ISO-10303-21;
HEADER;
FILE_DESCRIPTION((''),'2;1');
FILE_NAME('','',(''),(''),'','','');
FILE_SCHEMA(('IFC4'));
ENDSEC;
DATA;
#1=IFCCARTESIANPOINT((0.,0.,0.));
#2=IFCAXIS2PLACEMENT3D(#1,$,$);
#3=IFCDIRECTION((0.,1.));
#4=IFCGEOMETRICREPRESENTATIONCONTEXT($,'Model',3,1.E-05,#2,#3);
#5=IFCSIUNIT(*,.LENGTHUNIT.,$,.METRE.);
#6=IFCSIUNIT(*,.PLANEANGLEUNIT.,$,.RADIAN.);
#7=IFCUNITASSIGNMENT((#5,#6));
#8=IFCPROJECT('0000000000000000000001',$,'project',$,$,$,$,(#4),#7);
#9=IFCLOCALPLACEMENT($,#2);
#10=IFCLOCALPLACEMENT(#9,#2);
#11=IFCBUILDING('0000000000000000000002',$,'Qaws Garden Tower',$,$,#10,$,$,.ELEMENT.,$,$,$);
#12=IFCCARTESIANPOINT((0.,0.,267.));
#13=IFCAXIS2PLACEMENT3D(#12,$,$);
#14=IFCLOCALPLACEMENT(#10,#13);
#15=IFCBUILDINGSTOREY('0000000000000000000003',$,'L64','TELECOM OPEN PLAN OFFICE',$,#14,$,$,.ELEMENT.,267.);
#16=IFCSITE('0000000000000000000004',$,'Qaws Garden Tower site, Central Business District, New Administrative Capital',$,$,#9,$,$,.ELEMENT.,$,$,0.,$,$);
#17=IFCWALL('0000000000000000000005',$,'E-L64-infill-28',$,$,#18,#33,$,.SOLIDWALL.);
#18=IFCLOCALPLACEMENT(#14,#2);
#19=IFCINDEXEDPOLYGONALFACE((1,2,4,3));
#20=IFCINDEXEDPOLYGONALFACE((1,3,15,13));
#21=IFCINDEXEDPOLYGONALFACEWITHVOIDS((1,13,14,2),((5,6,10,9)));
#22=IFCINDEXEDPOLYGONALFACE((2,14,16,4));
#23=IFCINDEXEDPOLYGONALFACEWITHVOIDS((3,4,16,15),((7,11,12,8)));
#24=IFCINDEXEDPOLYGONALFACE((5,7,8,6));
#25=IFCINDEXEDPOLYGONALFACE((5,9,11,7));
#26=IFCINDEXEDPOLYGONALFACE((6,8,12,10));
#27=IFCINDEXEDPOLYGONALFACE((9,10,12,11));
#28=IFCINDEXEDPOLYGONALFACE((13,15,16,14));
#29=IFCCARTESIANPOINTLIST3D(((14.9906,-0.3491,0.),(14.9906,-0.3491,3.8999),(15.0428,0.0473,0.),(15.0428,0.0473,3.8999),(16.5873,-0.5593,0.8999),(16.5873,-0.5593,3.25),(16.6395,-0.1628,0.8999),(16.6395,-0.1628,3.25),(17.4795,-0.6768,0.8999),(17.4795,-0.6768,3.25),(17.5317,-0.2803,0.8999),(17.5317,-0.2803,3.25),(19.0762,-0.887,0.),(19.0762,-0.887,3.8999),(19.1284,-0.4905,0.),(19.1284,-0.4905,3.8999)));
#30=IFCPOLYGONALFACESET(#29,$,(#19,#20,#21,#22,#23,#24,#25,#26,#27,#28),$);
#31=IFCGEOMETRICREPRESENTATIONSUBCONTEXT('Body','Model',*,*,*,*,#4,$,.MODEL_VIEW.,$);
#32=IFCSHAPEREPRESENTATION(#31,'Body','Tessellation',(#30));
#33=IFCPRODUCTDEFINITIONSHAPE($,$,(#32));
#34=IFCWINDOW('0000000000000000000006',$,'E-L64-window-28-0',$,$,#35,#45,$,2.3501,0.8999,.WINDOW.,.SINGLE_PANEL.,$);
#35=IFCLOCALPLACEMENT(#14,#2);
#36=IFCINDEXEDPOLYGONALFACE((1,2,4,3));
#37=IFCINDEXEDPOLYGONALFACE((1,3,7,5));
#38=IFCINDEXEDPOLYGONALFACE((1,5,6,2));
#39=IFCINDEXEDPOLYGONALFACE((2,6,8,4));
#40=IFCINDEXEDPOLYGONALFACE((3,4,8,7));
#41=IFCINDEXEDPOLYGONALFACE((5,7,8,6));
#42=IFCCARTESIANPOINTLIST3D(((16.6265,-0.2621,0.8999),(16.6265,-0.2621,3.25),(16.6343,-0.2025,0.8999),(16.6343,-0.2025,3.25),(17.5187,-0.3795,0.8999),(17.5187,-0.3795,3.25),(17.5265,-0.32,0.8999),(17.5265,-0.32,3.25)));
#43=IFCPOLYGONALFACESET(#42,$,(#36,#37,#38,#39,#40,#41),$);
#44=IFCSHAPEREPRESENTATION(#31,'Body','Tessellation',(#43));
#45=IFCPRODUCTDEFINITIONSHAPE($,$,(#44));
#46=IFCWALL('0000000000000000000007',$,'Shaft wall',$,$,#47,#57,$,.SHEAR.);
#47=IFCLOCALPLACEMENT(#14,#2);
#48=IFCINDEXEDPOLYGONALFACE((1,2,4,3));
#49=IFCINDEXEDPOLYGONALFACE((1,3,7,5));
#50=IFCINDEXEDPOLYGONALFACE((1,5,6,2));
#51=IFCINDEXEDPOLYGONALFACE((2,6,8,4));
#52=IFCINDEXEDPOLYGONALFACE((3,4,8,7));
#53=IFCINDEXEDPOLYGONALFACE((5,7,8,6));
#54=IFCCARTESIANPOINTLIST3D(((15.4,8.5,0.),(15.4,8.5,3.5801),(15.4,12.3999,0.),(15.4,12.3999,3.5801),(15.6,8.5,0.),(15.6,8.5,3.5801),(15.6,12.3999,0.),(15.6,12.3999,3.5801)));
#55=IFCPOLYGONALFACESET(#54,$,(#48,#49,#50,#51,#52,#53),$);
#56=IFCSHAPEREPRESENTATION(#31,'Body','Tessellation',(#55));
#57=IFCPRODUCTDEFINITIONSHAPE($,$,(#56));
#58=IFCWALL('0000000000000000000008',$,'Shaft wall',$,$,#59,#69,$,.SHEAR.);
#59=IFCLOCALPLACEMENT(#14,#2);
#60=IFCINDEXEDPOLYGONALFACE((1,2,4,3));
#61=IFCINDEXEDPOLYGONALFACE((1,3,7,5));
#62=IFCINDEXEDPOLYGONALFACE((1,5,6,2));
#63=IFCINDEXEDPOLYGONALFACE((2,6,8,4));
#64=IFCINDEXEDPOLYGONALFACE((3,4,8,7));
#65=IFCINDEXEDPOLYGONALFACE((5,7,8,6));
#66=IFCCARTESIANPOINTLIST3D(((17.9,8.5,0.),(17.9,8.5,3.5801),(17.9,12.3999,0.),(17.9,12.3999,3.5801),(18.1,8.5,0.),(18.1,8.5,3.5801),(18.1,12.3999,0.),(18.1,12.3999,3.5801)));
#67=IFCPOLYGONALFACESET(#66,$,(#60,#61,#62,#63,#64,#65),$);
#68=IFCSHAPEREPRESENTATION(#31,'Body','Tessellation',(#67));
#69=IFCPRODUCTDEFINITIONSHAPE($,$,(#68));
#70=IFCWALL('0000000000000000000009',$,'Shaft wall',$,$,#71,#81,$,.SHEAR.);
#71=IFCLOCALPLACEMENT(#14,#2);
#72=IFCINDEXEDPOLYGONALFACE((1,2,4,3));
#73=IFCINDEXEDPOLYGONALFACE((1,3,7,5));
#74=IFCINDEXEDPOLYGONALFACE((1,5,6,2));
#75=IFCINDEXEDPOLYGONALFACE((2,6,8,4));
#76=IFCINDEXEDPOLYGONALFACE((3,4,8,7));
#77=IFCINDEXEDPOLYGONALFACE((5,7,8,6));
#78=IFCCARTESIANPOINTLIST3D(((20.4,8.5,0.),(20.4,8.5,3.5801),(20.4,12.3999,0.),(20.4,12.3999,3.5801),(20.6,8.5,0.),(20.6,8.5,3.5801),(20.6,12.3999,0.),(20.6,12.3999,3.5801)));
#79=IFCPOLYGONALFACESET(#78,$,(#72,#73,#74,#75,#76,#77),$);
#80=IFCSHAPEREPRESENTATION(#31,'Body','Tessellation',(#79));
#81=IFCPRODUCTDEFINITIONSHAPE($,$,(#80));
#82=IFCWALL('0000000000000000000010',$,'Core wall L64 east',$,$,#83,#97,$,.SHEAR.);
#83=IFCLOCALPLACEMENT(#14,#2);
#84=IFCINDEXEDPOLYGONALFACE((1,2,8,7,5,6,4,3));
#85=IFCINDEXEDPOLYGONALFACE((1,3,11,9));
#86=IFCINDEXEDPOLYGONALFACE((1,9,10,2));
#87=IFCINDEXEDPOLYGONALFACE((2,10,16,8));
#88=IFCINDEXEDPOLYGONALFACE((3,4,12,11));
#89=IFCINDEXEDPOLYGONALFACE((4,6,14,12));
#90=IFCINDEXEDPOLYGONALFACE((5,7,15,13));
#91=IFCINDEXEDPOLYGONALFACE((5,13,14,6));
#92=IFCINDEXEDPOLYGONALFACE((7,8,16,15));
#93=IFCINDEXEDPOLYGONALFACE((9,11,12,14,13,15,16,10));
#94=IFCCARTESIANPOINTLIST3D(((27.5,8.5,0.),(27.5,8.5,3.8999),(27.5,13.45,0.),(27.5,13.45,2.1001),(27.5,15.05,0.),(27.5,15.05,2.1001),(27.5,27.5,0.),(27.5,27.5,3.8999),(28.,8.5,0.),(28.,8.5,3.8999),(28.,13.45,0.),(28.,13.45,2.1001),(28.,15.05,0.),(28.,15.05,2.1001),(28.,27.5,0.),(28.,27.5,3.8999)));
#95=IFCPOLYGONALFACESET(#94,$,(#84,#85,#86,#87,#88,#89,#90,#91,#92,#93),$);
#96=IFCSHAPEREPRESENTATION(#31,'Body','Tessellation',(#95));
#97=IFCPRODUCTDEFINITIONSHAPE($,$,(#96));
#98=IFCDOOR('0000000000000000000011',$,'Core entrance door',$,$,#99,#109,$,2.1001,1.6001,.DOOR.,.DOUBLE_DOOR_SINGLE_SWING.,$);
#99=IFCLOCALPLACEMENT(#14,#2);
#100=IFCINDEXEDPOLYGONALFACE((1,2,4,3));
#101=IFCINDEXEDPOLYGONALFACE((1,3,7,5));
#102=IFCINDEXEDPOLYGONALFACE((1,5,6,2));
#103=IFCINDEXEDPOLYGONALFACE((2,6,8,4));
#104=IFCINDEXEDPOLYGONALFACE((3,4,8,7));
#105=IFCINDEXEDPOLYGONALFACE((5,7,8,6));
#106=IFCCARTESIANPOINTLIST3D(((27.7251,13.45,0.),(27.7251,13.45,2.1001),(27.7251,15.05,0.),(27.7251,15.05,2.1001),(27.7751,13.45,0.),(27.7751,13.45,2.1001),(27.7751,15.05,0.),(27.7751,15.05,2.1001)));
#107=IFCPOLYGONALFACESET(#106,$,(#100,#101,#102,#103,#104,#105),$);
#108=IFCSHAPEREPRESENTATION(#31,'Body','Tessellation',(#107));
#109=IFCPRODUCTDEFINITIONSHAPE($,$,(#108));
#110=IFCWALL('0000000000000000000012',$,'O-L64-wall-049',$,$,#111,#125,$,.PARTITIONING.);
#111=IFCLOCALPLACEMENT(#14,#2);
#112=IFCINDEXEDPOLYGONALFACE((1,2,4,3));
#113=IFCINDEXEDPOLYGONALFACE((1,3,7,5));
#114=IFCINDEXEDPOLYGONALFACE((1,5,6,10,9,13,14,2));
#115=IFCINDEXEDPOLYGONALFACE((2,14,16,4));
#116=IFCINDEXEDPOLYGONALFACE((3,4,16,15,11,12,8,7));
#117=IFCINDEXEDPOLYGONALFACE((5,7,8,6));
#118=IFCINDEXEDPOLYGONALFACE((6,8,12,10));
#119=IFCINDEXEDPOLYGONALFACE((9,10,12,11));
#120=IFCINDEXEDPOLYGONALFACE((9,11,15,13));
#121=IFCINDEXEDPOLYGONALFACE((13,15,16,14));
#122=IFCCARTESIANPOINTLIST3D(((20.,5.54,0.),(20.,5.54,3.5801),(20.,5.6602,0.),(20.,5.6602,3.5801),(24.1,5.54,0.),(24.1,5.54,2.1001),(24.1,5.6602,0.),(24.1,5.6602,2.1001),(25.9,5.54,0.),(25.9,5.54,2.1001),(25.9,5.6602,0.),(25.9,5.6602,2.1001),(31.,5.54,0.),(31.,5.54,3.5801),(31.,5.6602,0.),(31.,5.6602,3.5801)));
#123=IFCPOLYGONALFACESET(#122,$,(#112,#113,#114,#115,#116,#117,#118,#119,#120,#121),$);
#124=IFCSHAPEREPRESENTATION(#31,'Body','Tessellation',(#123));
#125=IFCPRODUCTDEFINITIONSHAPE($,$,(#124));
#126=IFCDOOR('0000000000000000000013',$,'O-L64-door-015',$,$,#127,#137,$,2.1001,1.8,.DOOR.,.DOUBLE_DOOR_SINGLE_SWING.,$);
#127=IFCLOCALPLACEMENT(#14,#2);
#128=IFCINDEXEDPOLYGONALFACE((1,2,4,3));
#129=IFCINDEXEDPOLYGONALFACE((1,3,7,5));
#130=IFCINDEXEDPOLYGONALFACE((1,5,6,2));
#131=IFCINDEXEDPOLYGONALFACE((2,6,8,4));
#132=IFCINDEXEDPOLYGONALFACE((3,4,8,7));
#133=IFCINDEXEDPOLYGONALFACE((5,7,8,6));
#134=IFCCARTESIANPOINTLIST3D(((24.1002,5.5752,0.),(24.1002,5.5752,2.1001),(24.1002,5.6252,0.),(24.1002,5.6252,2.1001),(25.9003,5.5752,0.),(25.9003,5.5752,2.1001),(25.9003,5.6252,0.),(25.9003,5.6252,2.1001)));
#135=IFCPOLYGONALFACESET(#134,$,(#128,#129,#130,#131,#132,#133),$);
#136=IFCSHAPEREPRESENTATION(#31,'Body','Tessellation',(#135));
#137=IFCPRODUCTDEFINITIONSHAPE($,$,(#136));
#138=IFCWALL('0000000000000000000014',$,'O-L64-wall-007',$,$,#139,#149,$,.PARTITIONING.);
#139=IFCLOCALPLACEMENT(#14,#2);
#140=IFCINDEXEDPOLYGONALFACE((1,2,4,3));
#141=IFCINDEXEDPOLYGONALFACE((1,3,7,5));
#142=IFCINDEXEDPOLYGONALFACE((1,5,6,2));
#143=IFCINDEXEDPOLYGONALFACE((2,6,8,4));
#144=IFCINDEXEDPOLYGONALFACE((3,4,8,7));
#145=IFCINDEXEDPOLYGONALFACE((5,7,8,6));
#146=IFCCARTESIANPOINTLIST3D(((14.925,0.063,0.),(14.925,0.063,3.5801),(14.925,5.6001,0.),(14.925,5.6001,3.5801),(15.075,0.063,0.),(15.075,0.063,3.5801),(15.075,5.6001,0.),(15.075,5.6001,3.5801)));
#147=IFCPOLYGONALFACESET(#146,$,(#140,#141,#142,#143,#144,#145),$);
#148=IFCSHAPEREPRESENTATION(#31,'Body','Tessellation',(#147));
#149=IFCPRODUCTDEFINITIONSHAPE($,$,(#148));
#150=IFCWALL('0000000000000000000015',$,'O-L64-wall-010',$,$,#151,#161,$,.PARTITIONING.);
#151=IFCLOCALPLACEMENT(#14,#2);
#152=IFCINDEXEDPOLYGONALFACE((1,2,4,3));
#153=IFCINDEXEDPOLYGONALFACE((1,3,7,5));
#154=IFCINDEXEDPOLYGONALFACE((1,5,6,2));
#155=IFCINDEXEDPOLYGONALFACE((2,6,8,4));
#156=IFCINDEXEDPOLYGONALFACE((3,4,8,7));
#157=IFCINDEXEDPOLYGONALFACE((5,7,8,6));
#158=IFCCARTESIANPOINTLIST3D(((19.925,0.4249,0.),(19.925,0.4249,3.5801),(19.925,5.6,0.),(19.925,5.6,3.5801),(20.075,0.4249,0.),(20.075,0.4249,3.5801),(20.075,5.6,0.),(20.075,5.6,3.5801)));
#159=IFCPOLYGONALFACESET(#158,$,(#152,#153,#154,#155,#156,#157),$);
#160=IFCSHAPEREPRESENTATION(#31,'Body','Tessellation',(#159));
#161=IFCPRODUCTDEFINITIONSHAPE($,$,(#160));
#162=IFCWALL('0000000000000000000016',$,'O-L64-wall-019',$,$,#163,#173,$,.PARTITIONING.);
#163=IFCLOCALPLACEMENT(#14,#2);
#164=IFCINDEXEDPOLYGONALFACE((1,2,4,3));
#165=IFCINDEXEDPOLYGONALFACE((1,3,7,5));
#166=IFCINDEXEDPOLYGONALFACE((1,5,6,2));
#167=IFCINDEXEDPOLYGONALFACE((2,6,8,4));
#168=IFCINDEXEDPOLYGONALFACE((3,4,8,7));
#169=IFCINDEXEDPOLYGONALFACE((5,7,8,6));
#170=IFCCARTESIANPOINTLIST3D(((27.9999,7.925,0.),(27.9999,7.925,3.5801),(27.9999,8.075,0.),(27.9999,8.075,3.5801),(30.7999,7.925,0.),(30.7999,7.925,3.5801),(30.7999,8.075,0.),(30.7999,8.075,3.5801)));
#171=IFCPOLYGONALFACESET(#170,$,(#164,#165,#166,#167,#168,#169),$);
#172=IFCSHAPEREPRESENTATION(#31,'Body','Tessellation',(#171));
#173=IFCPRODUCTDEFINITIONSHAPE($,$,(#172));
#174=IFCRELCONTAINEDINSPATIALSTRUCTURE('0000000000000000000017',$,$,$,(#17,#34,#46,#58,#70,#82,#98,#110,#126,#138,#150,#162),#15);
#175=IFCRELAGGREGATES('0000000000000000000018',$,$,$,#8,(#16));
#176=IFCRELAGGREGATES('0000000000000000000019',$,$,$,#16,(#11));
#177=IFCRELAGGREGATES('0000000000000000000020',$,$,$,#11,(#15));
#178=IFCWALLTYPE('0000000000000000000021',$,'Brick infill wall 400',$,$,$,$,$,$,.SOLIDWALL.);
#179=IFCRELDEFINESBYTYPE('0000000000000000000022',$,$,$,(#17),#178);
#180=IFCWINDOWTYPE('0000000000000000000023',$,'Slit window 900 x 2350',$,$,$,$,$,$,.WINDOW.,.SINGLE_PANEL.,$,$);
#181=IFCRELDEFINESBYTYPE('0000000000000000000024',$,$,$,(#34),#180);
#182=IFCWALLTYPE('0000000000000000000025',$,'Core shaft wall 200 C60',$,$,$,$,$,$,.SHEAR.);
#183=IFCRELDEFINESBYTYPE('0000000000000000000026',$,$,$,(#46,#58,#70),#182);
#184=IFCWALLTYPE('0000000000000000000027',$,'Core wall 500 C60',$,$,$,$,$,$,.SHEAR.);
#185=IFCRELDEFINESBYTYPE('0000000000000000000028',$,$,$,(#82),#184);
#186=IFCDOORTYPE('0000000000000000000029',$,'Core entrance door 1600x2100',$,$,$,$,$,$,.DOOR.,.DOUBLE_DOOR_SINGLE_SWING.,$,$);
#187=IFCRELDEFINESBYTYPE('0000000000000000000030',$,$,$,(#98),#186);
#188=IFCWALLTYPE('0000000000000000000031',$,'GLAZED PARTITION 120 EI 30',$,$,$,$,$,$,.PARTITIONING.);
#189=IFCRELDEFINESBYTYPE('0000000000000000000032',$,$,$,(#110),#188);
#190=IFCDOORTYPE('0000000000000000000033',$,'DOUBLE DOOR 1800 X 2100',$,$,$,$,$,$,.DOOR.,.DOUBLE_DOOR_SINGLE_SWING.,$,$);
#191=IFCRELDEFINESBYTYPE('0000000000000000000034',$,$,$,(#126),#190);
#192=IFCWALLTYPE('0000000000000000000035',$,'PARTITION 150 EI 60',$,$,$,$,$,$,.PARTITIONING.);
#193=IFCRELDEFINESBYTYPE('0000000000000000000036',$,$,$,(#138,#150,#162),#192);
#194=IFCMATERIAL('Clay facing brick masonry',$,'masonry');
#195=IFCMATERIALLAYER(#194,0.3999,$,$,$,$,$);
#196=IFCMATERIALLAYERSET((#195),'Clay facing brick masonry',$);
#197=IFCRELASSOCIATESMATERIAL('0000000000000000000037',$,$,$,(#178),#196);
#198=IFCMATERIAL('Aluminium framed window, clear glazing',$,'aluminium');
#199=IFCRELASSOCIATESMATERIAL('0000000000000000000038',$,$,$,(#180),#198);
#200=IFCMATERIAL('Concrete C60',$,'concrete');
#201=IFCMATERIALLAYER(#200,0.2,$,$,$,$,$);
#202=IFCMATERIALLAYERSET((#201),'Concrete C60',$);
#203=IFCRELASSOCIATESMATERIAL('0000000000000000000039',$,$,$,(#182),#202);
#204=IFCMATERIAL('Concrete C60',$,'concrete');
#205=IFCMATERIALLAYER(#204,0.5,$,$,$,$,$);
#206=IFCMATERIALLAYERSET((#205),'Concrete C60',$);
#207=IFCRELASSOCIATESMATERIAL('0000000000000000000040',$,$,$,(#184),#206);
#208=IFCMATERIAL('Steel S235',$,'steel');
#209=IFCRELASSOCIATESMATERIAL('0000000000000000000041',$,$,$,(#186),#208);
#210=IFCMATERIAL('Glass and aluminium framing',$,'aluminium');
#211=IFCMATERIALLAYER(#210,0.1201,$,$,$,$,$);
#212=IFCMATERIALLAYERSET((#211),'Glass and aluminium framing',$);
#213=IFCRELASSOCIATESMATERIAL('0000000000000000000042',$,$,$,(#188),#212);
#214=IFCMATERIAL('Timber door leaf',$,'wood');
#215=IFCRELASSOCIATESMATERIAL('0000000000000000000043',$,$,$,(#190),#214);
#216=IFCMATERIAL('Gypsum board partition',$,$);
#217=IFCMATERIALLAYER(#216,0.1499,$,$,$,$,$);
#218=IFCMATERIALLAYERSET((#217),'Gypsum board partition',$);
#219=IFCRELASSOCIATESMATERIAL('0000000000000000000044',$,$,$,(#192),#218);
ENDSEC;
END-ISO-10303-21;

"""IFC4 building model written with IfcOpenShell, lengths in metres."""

from ifc_helpers import new_model, si_unit, direction, frame, frame_2d, origin, place, context, subcontext, project, spatial, rectangle, extrude, material, layer, layer_set, type_object, element, fill, save


model = new_model("IFC4")

# Units and contexts
model_context = context("Model", 3, precision=1e-05, world=origin(), true_north=direction((0.0, 1.0)))
body_context = subcontext(model_context, "Body", "Model", "MODEL_VIEW")
ifc_project = project(units=[si_unit("LENGTHUNIT", "METRE"), si_unit("PLANEANGLEUNIT", "RADIAN")], contexts=[model_context])

# Site, building, storey
site_placement = place(None, origin())
site = spatial("IfcSite", under=ifc_project, at=site_placement, Name="Qaws Garden Tower site, Central Business District, New Administrative Capital", CompositionType="ELEMENT", RefElevation=0.0)
building_placement = place(site_placement, origin())
building = spatial("IfcBuilding", under=site, at=building_placement, Name="Qaws Garden Tower", CompositionType="ELEMENT")
storey_placement = place(building_placement, frame((0.0, 0.0, 267.0)))
storey = spatial("IfcBuildingStorey", under=building, at=storey_placement, Name="L64", Description="TELECOM OPEN PLAN OFFICE", CompositionType="ELEMENT", Elevation=267.0)

# Shared definitions
ifc_material_1 = material(Name="Clay facing brick masonry", Category="masonry")
ifc_layer_1 = layer(ifc_material_1, 0.3999)
ifc_layer_set_1 = layer_set([ifc_layer_1], Name="Clay facing brick masonry")
wall_type_1 = type_object("IfcWallType", Name="Brick infill wall 400", PredefinedType="SOLIDWALL", material=ifc_layer_set_1)
ifc_material_2 = material(Name="Aluminium framed window, clear glazing", Category="aluminium")
window_type = type_object("IfcWindowType", Name="Slit window 900 x 2350", PartitioningType="SINGLE_PANEL", PredefinedType="WINDOW", material=ifc_material_2)

# Wall, opening, window
wall_1_placement = place(storey_placement, frame((15.0166, -0.1509, 0.0), z_axis=(0.0, 0.0, 1.0), x_axis=(0.991446, -0.130514, 0.0)))
wall_1 = element("IfcWall", 1, at=wall_1_placement, inside=storey, type_object=wall_type_1, Name="E-L64-infill-28", PredefinedType="SOLIDWALL", context=body_context, shape_type="SweptSolid", body=[
    extrude(rectangle(XDim=4.1208, YDim=0.3999, at=frame_2d((2.0605, 0.0))), origin(), (0.0, 0.0, 1.0), 3.8999),
])
opening_1_placement = place(wall_1_placement, frame((1.6106, 0.0, 0.8999)))
opening_1 = element("IfcOpeningElement", 2, at=opening_1_placement, cuts=wall_1, PredefinedType="OPENING", context=body_context, shape_type="SweptSolid", body=[
    extrude(rectangle(XDim=0.8999, YDim=2.3501, at=frame_2d((0.45, 1.175))), frame((0.0, 0.21, 0.0), z_axis=(0.0, -1.0, 0.0), x_axis=(1.0, 0.0, 0.0)), (0.0, 0.0, 1.0), 0.4199),
])
window_1_placement = place(opening_1_placement, origin())
window_1 = element("IfcWindow", 3, at=window_1_placement, inside=storey, type_object=window_type, Name="E-L64-window-28-0", OverallHeight=2.3501, OverallWidth=0.8999, PartitioningType="SINGLE_PANEL", PredefinedType="WINDOW", context=body_context, shape_type="SweptSolid", body=[
    extrude(rectangle(XDim=0.8999, YDim=2.3501, at=frame_2d((0.45, 1.175))), frame((0.0, 0.1599, 0.0), z_axis=(0.0, -1.0, 0.0), x_axis=(1.0, 0.0, 0.0)), (0.0, 0.0, 1.0), 0.0601),
])
fill(opening_1, window_1)

# Walls
ifc_material_3 = material(Name="Concrete C60", Category="concrete")
ifc_layer_2 = layer(ifc_material_3, 0.2)
ifc_layer_set_2 = layer_set([ifc_layer_2], Name="Concrete C60")
wall_type_2 = type_object("IfcWallType", Name="Core shaft wall 200 C60", PredefinedType="SHEAR", material=ifc_layer_set_2)
for number, where, z_axis, x_axis, name in (
    (4, (15.5, 8.5, 0.0), (0.0, 0.0, 1.0), (0.0, 1.0, 0.0), "Shaft wall"),
    (5, (18.0, 8.5, 0.0), (0.0, 0.0, 1.0), (0.0, 1.0, 0.0), "Shaft wall"),
    (6, (20.5, 8.5, 0.0), (0.0, 0.0, 1.0), (0.0, 1.0, 0.0), "Shaft wall"),
):
    element("IfcWall", number, at=place(storey_placement, frame(where, z_axis=z_axis, x_axis=x_axis)), inside=storey, type_object=wall_type_2, Name=name, PredefinedType="SHEAR", context=body_context, shape_type="SweptSolid", body=[
        extrude(rectangle(XDim=3.8999, YDim=0.2, at=frame_2d((1.95, 0.0))), origin(), (0.0, 0.0, 1.0), 3.5801),
    ])

# Walls, openings, doors
ifc_material_4 = material(Name="Concrete C60", Category="concrete")
ifc_layer_3 = layer(ifc_material_4, 0.5)
ifc_layer_set_3 = layer_set([ifc_layer_3], Name="Concrete C60")
wall_type_3 = type_object("IfcWallType", Name="Core wall 500 C60", PredefinedType="SHEAR", material=ifc_layer_set_3)
wall_2_placement = place(storey_placement, frame((27.75, 8.5, 0.0), z_axis=(0.0, 0.0, 1.0), x_axis=(0.0, 1.0, 0.0)))
wall_2 = element("IfcWall", 7, at=wall_2_placement, inside=storey, type_object=wall_type_3, Name="Core wall L64 east", PredefinedType="SHEAR", context=body_context, shape_type="SweptSolid", body=[
    extrude(rectangle(XDim=19.0, YDim=0.5, at=frame_2d((9.5, 0.0))), origin(), (0.0, 0.0, 1.0), 3.8999),
])
opening_2_placement = place(wall_2_placement, frame((4.95, 0.0, 0.0)))
opening_2 = element("IfcOpeningElement", 8, at=opening_2_placement, cuts=wall_2, PredefinedType="OPENING", context=body_context, shape_type="SweptSolid", body=[
    extrude(rectangle(XDim=1.6001, YDim=2.1001, at=frame_2d((0.8, 1.05))), frame((0.0, 0.26, 0.0), z_axis=(0.0, -1.0, 0.0), x_axis=(1.0, 0.0, 0.0)), (0.0, 0.0, 1.0), 0.52),
])
ifc_material_5 = material(Name="Steel S235", Category="steel")
door_type_1 = type_object("IfcDoorType", Name="Core entrance door 1600x2100", OperationType="DOUBLE_DOOR_SINGLE_SWING", PredefinedType="DOOR", material=ifc_material_5)
door_1_placement = place(opening_2_placement, origin())
door_1 = element("IfcDoor", 9, at=door_1_placement, inside=storey, type_object=door_type_1, Name="Core entrance door", OperationType="DOUBLE_DOOR_SINGLE_SWING", OverallHeight=2.1001, OverallWidth=1.6001, PredefinedType="DOOR", context=body_context, shape_type="SweptSolid", body=[
    extrude(rectangle(XDim=1.6001, YDim=2.1001, at=frame_2d((0.8, 1.05))), frame((0.0, 0.0249, 0.0), z_axis=(0.0, -1.0, 0.0), x_axis=(1.0, 0.0, 0.0)), (0.0, 0.0, 1.0), 0.05),
])
fill(opening_2, door_1)
ifc_material_6 = material(Name="Glass and aluminium framing", Category="aluminium")
ifc_layer_4 = layer(ifc_material_6, 0.1201)
ifc_layer_set_4 = layer_set([ifc_layer_4], Name="Glass and aluminium framing")
wall_type_4 = type_object("IfcWallType", Name="GLAZED PARTITION 120 EI 30", PredefinedType="PARTITIONING", material=ifc_layer_set_4)
wall_3_placement = place(storey_placement, frame((20.0, 5.6001, 0.0), z_axis=(0.0, 0.0, 1.0), x_axis=(1.0, 0.0, 0.0)))
wall_3 = element("IfcWall", 10, at=wall_3_placement, inside=storey, type_object=wall_type_4, Name="O-L64-wall-049", PredefinedType="PARTITIONING", context=body_context, shape_type="SweptSolid", body=[
    extrude(rectangle(XDim=11.0, YDim=0.1201, at=frame_2d((5.5, 0.0))), origin(), (0.0, 0.0, 1.0), 3.5801),
])
opening_3_placement = place(wall_3_placement, frame((4.1001, 0.0, 0.0)))
opening_3 = element("IfcOpeningElement", 11, at=opening_3_placement, cuts=wall_3, PredefinedType="OPENING", context=body_context, shape_type="SweptSolid", body=[
    extrude(rectangle(XDim=1.8, YDim=2.1001, at=frame_2d((0.8999, 1.05))), frame((0.0, 0.0701, 0.0), z_axis=(0.0, -1.0, 0.0), x_axis=(1.0, 0.0, 0.0)), (0.0, 0.0, 1.0), 0.1401),
])
ifc_material_7 = material(Name="Timber door leaf", Category="wood")
door_type_2 = type_object("IfcDoorType", Name="DOUBLE DOOR 1800 X 2100", OperationType="DOUBLE_DOOR_SINGLE_SWING", PredefinedType="DOOR", material=ifc_material_7)
door_2_placement = place(opening_3_placement, frame((1.8, 0.0, 0.0), z_axis=(0.0, 0.0, 1.0), x_axis=(-1.0, 0.0, 0.0)))
door_2 = element("IfcDoor", 12, at=door_2_placement, inside=storey, type_object=door_type_2, Name="O-L64-door-015", OperationType="DOUBLE_DOOR_SINGLE_SWING", OverallHeight=2.1001, OverallWidth=1.8, PredefinedType="DOOR", context=body_context, shape_type="SweptSolid", body=[
    extrude(rectangle(XDim=1.8, YDim=2.1001, at=frame_2d((0.8999, 1.05))), frame((0.0, 0.0249, 0.0), z_axis=(0.0, -1.0, 0.0), x_axis=(1.0, 0.0, 0.0)), (0.0, 0.0, 1.0), 0.05),
])
fill(opening_3, door_2)

# Walls
ifc_material_8 = material(Name="Gypsum board partition")
ifc_layer_5 = layer(ifc_material_8, 0.1499)
ifc_layer_set_5 = layer_set([ifc_layer_5], Name="Gypsum board partition")
wall_type_5 = type_object("IfcWallType", Name="PARTITION 150 EI 60", PredefinedType="PARTITIONING", material=ifc_layer_set_5)
wall_4_placement = place(storey_placement, frame((15.0, 0.063, 0.0), z_axis=(0.0, 0.0, 1.0), x_axis=(0.0, 1.0, 0.0)))
element("IfcWall", 13, at=wall_4_placement, inside=storey, type_object=wall_type_5, Name="O-L64-wall-007", PredefinedType="PARTITIONING", context=body_context, shape_type="SweptSolid", body=[
    extrude(rectangle(XDim=5.5371, YDim=0.1499, at=frame_2d((2.7686, 0.0))), origin(), (0.0, 0.0, 1.0), 3.5801),
])
wall_5_placement = place(storey_placement, frame((20.0, 0.425, 0.0), z_axis=(0.0, 0.0, 1.0), x_axis=(0.0, 1.0, 0.0)))
element("IfcWall", 14, at=wall_5_placement, inside=storey, type_object=wall_type_5, Name="O-L64-wall-010", PredefinedType="PARTITIONING", context=body_context, shape_type="SweptSolid", body=[
    extrude(rectangle(XDim=5.175, YDim=0.1499, at=frame_2d((2.5874, 0.0))), origin(), (0.0, 0.0, 1.0), 3.5801),
])
wall_6_placement = place(storey_placement, frame((28.0, 8.0, 0.0), z_axis=(0.0, 0.0, 1.0), x_axis=(1.0, 0.0, 0.0)))
element("IfcWall", 15, at=wall_6_placement, inside=storey, type_object=wall_type_5, Name="O-L64-wall-019", PredefinedType="PARTITIONING", context=body_context, shape_type="SweptSolid", body=[
    extrude(rectangle(XDim=2.8, YDim=0.1499, at=frame_2d((1.3999, 0.0))), origin(), (0.0, 0.0, 1.0), 3.5801),
])

save(model, "model.ifc")
